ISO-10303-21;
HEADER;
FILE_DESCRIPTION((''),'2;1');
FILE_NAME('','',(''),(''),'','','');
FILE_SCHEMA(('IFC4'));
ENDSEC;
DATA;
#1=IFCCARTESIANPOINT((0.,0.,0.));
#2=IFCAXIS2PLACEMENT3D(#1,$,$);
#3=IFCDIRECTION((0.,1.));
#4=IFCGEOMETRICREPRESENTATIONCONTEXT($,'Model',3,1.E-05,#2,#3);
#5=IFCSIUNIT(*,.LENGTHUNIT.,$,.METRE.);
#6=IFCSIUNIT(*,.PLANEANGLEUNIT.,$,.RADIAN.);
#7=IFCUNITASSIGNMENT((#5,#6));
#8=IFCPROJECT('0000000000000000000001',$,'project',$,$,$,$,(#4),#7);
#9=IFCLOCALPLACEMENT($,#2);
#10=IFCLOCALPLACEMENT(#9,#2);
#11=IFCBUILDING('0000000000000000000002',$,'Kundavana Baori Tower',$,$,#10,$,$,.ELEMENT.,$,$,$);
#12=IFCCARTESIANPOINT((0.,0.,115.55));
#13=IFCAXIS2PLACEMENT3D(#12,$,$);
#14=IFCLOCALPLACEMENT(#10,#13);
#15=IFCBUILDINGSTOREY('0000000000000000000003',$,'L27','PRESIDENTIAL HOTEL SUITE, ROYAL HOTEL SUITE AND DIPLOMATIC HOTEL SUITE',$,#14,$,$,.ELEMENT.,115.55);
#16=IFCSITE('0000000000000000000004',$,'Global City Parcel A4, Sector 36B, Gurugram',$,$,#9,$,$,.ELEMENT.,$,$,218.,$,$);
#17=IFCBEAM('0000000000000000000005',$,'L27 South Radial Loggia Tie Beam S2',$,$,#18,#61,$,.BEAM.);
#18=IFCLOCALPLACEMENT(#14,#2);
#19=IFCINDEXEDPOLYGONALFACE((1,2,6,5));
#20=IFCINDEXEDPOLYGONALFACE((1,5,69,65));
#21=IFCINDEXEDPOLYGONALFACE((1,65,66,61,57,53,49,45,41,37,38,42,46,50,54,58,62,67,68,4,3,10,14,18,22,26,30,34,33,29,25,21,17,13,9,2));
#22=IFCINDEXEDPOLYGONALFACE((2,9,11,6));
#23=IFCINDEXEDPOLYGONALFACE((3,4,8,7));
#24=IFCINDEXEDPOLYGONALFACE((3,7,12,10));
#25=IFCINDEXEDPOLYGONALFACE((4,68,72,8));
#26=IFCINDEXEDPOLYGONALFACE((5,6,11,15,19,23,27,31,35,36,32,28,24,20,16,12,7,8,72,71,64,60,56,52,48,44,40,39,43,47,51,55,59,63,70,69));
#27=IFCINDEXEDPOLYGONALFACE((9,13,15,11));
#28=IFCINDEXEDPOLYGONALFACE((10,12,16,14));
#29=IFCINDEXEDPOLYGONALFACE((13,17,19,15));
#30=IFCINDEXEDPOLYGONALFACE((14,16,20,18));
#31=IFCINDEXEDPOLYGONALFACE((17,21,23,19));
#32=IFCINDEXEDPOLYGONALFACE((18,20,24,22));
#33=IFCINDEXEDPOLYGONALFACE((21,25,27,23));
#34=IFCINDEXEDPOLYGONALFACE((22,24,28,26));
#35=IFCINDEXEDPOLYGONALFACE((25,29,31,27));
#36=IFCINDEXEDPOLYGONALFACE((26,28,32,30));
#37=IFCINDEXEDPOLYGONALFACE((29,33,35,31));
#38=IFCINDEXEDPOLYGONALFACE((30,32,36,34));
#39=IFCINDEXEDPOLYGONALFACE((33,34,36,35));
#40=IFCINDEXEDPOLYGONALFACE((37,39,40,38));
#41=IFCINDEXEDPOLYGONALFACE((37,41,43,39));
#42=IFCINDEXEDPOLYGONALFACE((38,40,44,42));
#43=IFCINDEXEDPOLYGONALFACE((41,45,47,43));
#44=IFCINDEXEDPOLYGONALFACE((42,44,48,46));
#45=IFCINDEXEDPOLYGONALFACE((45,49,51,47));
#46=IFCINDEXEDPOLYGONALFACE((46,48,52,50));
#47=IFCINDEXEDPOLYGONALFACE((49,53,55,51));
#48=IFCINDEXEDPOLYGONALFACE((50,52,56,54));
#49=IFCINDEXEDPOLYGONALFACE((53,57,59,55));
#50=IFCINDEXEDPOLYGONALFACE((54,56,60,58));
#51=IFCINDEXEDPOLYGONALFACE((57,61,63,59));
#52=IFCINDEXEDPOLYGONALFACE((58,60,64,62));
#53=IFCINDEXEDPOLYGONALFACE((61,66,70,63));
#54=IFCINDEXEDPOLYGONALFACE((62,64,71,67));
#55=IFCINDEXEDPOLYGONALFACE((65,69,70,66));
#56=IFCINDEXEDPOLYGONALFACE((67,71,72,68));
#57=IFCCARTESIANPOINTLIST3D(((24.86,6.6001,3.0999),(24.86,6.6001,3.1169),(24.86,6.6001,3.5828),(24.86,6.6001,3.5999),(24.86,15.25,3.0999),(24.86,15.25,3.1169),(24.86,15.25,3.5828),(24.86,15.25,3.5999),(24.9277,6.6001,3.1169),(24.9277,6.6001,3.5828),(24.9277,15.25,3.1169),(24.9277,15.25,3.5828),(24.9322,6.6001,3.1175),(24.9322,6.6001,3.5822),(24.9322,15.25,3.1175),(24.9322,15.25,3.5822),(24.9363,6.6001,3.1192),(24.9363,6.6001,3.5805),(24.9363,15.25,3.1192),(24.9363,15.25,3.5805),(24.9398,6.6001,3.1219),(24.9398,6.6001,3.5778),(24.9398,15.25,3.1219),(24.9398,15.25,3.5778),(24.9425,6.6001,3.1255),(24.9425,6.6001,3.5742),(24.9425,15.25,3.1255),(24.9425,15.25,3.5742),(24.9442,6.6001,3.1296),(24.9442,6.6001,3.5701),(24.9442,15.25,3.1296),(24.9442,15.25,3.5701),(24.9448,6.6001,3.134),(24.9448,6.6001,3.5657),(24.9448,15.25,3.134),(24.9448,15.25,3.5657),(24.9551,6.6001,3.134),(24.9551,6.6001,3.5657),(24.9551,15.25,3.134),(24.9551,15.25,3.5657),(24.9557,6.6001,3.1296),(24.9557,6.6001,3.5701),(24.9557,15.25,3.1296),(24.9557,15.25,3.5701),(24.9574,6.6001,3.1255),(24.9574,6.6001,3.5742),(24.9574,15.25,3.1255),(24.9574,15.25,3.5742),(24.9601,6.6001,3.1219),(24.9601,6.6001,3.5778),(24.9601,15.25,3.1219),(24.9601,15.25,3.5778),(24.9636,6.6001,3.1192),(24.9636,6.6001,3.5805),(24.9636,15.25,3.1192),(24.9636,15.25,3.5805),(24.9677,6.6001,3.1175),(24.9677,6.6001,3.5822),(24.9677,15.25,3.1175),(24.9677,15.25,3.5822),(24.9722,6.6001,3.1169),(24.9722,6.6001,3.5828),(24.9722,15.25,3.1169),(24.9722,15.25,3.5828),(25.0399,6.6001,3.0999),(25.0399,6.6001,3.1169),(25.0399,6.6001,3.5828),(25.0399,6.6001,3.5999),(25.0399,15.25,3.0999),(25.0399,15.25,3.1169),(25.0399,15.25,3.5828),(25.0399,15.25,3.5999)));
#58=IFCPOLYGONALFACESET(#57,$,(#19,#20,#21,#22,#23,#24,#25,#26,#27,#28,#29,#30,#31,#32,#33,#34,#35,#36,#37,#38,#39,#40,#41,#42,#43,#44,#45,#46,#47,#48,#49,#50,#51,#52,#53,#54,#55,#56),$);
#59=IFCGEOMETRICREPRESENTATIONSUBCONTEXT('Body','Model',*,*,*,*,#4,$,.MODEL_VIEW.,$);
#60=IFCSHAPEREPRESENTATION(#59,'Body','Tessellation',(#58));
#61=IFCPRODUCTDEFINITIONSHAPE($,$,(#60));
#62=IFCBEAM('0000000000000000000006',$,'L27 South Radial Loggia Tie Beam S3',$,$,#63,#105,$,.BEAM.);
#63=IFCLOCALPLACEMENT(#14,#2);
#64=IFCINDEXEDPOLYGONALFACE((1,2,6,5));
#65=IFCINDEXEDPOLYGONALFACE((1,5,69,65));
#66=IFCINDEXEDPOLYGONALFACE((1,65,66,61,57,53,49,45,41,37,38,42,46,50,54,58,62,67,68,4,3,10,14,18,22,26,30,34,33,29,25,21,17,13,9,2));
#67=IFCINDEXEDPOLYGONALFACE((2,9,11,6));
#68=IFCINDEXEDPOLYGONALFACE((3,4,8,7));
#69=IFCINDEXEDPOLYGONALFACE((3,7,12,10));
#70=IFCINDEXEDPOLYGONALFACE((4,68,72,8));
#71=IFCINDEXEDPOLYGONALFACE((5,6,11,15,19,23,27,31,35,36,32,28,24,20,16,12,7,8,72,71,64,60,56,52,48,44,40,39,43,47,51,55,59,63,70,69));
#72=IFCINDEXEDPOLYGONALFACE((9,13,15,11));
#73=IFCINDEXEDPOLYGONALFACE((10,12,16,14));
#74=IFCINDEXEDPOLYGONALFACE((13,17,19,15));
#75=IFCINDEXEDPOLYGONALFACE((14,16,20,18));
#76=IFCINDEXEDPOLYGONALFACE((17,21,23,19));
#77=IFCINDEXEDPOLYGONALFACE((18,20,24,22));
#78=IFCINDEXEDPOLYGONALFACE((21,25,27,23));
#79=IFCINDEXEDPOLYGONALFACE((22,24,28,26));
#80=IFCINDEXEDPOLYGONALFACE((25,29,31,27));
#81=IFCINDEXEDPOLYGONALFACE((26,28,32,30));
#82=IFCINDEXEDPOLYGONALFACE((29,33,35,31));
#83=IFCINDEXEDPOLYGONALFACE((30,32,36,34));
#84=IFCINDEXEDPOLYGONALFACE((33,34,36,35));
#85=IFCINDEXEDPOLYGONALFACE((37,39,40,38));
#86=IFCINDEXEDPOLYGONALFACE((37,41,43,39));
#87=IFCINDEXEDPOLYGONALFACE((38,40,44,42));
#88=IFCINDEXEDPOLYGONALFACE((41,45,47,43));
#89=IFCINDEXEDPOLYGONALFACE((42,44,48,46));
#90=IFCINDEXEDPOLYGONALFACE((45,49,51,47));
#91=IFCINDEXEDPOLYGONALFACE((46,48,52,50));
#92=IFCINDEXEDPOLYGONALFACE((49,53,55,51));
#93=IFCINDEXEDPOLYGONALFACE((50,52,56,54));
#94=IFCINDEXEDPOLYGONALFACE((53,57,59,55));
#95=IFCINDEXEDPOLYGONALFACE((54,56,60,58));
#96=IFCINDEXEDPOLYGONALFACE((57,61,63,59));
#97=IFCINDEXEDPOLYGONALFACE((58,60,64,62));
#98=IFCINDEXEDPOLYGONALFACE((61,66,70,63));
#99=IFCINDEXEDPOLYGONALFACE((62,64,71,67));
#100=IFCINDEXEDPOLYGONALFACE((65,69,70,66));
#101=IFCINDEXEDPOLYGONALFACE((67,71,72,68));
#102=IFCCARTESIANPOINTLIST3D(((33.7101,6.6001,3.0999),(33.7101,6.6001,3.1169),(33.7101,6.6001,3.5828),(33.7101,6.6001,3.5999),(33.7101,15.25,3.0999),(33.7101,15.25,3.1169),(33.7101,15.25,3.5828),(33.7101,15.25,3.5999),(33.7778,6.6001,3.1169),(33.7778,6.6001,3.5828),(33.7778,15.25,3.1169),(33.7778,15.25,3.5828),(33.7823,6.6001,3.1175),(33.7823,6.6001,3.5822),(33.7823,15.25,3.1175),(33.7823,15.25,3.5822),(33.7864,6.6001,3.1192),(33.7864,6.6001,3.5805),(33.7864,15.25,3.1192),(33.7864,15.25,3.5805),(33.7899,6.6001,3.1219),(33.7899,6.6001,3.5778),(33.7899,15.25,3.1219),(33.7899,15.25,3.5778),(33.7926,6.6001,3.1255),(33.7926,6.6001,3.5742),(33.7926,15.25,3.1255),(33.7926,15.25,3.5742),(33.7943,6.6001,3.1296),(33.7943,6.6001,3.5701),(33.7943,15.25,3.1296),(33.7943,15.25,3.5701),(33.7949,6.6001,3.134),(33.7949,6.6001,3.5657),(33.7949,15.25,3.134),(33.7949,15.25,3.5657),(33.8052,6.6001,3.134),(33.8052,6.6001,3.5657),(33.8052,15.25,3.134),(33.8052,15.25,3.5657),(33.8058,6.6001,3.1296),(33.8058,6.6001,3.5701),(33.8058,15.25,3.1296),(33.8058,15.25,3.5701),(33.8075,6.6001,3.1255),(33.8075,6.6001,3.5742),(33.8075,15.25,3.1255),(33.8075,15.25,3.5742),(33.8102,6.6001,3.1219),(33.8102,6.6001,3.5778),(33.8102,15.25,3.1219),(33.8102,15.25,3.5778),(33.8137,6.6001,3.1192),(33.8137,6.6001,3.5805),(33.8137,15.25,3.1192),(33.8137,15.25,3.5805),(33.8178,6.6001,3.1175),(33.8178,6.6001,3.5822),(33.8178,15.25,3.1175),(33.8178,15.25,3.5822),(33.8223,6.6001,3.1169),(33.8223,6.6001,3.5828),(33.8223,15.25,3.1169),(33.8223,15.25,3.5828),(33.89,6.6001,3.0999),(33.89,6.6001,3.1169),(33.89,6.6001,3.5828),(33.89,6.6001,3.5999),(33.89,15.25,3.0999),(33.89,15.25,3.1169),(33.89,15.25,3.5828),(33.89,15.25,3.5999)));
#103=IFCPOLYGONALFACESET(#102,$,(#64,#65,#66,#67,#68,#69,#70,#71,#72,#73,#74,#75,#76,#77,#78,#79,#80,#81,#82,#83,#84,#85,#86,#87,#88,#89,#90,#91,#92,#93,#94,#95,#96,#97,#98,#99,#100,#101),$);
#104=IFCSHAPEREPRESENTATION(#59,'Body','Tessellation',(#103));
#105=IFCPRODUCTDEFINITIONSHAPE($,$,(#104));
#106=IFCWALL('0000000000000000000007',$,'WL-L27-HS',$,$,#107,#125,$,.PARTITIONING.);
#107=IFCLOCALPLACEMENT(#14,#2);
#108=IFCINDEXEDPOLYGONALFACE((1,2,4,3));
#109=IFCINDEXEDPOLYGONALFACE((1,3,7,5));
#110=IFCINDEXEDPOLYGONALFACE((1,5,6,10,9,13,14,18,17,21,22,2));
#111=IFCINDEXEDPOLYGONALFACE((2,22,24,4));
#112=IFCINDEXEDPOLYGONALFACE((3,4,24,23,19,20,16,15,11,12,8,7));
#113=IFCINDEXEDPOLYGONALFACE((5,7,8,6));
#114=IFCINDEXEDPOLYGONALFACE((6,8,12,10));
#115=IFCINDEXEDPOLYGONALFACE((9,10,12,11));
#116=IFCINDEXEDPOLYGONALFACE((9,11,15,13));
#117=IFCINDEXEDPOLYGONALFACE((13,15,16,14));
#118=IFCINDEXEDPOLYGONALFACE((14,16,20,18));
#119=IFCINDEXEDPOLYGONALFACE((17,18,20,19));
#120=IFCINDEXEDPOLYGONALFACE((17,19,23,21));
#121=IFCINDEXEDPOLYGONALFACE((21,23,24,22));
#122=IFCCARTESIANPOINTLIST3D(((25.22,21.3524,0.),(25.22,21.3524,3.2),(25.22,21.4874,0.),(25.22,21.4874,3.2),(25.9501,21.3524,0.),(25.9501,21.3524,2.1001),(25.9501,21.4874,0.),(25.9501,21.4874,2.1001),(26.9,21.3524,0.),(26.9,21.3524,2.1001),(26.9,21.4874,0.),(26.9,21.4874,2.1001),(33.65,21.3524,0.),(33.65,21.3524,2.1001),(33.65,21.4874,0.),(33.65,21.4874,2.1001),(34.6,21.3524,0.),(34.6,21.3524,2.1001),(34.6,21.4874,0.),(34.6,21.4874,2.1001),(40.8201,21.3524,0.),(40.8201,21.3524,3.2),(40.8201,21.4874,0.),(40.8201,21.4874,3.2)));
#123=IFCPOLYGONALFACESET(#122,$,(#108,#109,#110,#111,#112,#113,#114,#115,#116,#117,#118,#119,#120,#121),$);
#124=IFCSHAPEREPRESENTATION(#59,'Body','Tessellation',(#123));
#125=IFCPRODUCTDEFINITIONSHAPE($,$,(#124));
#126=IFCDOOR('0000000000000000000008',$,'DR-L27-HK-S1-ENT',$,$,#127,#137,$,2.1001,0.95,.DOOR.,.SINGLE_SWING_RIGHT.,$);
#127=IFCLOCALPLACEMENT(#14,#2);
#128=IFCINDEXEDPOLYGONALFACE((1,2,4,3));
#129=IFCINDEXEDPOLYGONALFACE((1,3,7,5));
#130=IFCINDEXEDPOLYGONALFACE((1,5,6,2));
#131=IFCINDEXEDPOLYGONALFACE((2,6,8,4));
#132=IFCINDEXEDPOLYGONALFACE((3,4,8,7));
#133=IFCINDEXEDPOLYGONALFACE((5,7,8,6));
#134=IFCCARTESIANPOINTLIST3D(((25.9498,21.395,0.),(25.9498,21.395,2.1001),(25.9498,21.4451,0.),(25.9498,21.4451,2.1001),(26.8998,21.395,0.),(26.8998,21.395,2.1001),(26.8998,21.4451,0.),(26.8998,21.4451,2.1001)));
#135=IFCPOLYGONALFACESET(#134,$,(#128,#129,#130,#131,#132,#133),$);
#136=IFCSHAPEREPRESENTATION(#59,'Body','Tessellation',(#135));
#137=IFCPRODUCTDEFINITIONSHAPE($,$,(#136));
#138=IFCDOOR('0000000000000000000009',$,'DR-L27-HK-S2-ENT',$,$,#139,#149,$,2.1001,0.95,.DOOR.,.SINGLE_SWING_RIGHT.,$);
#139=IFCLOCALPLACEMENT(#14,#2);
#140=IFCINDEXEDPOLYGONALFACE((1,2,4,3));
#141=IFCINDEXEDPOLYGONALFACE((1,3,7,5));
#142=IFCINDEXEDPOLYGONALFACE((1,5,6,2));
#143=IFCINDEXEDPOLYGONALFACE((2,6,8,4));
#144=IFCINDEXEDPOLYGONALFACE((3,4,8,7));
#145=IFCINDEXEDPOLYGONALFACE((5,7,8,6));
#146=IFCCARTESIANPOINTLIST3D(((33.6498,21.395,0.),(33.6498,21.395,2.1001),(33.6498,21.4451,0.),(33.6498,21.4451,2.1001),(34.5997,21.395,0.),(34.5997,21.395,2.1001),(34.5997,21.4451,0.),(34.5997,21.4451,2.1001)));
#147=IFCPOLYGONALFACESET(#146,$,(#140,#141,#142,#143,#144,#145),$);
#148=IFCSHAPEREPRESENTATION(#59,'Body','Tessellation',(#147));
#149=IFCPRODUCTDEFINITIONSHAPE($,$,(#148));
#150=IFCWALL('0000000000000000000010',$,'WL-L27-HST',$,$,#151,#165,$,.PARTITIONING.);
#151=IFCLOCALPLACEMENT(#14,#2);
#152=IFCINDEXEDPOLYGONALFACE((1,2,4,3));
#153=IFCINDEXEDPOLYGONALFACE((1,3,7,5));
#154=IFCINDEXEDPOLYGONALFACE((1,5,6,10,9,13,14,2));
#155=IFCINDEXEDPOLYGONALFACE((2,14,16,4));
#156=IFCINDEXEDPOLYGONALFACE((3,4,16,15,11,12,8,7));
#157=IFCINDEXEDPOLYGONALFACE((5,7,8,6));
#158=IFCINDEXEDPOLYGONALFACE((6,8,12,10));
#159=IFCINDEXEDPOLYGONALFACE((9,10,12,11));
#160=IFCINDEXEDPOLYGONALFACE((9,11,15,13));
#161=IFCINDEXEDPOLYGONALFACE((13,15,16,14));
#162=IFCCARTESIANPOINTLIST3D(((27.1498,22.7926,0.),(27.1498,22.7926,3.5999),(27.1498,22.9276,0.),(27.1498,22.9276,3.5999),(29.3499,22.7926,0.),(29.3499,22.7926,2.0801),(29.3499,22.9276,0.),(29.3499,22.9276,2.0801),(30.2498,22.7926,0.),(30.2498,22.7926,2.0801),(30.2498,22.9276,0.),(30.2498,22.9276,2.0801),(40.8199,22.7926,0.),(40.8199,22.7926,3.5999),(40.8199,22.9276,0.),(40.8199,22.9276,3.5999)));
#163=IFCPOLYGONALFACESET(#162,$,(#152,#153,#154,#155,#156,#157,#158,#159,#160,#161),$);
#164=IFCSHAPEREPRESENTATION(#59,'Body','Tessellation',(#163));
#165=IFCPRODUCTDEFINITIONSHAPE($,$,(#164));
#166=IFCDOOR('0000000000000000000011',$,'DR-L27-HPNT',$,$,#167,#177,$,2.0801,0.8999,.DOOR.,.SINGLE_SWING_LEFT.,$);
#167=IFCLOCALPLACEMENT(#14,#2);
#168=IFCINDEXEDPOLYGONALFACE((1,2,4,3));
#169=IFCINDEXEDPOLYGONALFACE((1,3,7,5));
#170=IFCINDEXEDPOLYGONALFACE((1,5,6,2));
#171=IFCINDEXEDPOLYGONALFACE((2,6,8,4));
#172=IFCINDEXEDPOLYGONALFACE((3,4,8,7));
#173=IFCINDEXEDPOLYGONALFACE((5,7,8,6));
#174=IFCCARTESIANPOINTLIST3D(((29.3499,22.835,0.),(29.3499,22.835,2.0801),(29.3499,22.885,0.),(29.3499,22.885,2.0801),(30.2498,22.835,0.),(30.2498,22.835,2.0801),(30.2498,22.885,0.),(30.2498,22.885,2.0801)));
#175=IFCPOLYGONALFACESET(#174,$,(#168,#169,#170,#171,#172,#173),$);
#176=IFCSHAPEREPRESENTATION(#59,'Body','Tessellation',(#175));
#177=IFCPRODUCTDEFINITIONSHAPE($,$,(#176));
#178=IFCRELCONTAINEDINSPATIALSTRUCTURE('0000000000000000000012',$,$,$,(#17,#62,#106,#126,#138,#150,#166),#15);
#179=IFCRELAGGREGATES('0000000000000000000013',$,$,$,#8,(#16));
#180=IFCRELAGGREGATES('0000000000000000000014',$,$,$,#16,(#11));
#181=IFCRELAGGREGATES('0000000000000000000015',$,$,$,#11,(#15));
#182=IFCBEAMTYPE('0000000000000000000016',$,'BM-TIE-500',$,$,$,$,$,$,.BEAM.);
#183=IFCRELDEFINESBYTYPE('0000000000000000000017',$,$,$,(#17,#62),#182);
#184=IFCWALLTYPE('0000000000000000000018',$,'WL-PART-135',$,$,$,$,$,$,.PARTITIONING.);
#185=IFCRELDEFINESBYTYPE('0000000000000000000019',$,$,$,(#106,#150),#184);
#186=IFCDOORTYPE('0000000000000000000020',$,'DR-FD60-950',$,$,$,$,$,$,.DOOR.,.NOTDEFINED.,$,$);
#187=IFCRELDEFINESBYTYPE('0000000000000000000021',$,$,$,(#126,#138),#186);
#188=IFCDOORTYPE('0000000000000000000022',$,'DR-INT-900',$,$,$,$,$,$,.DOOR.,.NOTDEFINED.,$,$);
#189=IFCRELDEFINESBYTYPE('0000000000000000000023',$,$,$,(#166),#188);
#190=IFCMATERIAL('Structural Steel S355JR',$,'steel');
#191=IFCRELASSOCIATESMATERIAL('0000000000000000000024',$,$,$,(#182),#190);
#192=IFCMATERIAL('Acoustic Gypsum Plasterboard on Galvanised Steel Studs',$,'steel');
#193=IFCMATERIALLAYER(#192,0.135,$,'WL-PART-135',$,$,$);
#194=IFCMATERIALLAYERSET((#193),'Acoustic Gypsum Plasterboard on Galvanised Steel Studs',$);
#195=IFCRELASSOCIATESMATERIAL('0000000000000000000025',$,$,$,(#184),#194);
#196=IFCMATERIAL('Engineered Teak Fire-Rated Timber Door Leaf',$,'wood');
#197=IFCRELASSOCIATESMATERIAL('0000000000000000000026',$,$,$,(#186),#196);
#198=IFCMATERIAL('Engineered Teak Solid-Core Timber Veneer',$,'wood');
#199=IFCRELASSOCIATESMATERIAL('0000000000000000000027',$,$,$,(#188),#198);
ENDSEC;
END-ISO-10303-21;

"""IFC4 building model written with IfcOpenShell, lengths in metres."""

from ifc_helpers import new_model, si_unit, direction, frame, frame_2d, origin, origin_2d, place, context, subcontext, project, spatial, rectangle, i_section, extrude, material, layer, layer_set, material_profile, profile_set, type_object, element, fill, save


model = new_model("IFC4")

# Units and contexts
model_context = context("Model", 3, precision=1e-05, world=origin(), true_north=direction((0.0, 1.0)))
body_context = subcontext(model_context, "Body", "Model", "MODEL_VIEW")
ifc_project = project(units=[si_unit("LENGTHUNIT", "METRE"), si_unit("PLANEANGLEUNIT", "RADIAN")], contexts=[model_context])

# Site, building, storey
site_placement = place(None, origin())
site = spatial("IfcSite", under=ifc_project, at=site_placement, Name="Global City Parcel A4, Sector 36B, Gurugram", CompositionType="ELEMENT", RefElevation=218.0)
building_placement = place(site_placement, origin())
building = spatial("IfcBuilding", under=site, at=building_placement, Name="Kundavana Baori Tower", CompositionType="ELEMENT")
storey_placement = place(building_placement, frame((0.0, 0.0, 115.55)))
storey = spatial("IfcBuildingStorey", under=building, at=storey_placement, Name="L27", Description="PRESIDENTIAL HOTEL SUITE, ROYAL HOTEL SUITE AND DIPLOMATIC HOTEL SUITE", CompositionType="ELEMENT", Elevation=115.55)

# Beams
ifc_material_1 = material(Name="Structural Steel S355JR", Category="steel")
ifc_material_profile_1 = material_profile(ifc_material_1, i_section(OverallWidth=0.1799, OverallDepth=0.5, WebThickness=0.0103, FlangeThickness=0.0171, FilletRadius=0.0171, at=origin_2d()), Name="ISMB 500")
ifc_profile_set_1 = profile_set([ifc_material_profile_1], Name="Structural Steel S355JR")
beam_type_1 = type_object("IfcBeamType", Name="BM-TIE-500", PredefinedType="BEAM", material=ifc_profile_set_1)
for number, where, z_axis, x_axis, name in (
    (1, (24.95, 15.25, 3.3499), (0.0, -1.0, 0.0), (1.0, 0.0, 0.0), "L27 South Radial Loggia Tie Beam S2"),
    (2, (33.8, 15.25, 3.3499), (0.0, -1.0, 0.0), (1.0, 0.0, 0.0), "L27 South Radial Loggia Tie Beam S3"),
):
    element("IfcBeam", number, at=place(storey_placement, frame(where, z_axis=z_axis, x_axis=x_axis)), inside=storey, type_object=beam_type_1, Name=name, PredefinedType="BEAM", context=body_context, shape_type="SweptSolid", body=[
        extrude(i_section(OverallWidth=0.1799, OverallDepth=0.5, WebThickness=0.0103, FlangeThickness=0.0171, FilletRadius=0.0171, at=origin_2d()), origin(), (0.0, 0.0, 1.0), 8.6499),
    ])

# Wall, openings, doors
ifc_material_2 = material(Name="Acoustic Gypsum Plasterboard on Galvanised Steel Studs", Category="steel")
ifc_layer_1 = layer(ifc_material_2, 0.135, Name="WL-PART-135")
ifc_layer_set_1 = layer_set([ifc_layer_1], Name="Acoustic Gypsum Plasterboard on Galvanised Steel Studs")
wall_type_1 = type_object("IfcWallType", Name="WL-PART-135", PredefinedType="PARTITIONING", material=ifc_layer_set_1)
wall_1_placement = place(storey_placement, frame((25.22, 21.4199, 0.0), z_axis=(0.0, 0.0, 1.0), x_axis=(1.0, 0.0, 0.0)))
wall_1 = element("IfcWall", 3, at=wall_1_placement, inside=storey, type_object=wall_type_1, Name="WL-L27-HS", PredefinedType="PARTITIONING", context=body_context, shape_type="SweptSolid", body=[
    extrude(rectangle(XDim=15.6001, YDim=0.135, at=frame_2d((7.8, 0.0))), origin(), (0.0, 0.0, 1.0), 3.2),
])
opening_1_placement = place(wall_1_placement, frame((0.73, 0.0, 0.0)))
opening_1 = element("IfcOpeningElement", 4, at=opening_1_placement, cuts=wall_1, PredefinedType="OPENING", context=body_context, shape_type="SweptSolid", body=[
    extrude(rectangle(XDim=0.95, YDim=2.1001, at=frame_2d((0.4751, 1.05))), frame((0.0, 0.0776, 0.0), z_axis=(0.0, -1.0, 0.0), x_axis=(1.0, 0.0, 0.0)), (0.0, 0.0, 1.0), 0.155),
])
opening_2_placement = place(wall_1_placement, frame((8.4299, 0.0, 0.0)))
opening_2 = element("IfcOpeningElement", 5, at=opening_2_placement, cuts=wall_1, PredefinedType="OPENING", context=body_context, shape_type="SweptSolid", body=[
    extrude(rectangle(XDim=0.95, YDim=2.1001, at=frame_2d((0.4751, 1.05))), frame((0.0, 0.0776, 0.0), z_axis=(0.0, -1.0, 0.0), x_axis=(1.0, 0.0, 0.0)), (0.0, 0.0, 1.0), 0.155),
])
ifc_material_3 = material(Name="Engineered Teak Fire-Rated Timber Door Leaf", Category="wood")
door_type_1 = type_object("IfcDoorType", Name="DR-FD60-950", OperationType="NOTDEFINED", PredefinedType="DOOR", material=ifc_material_3)
door_1_placement = place(opening_1_placement, frame((0.95, 0.0, 0.0), z_axis=(0.0, 0.0, 1.0), x_axis=(-1.0, 0.0, 0.0)))
door_1 = element("IfcDoor", 6, at=door_1_placement, inside=storey, type_object=door_type_1, Name="DR-L27-HK-S1-ENT", OperationType="SINGLE_SWING_RIGHT", OverallHeight=2.1001, OverallWidth=0.95, PredefinedType="DOOR", context=body_context, shape_type="SweptSolid", body=[
    extrude(rectangle(XDim=0.95, YDim=2.1001, at=frame_2d((0.4751, 1.05))), frame((0.0, 0.0249, 0.0), z_axis=(0.0, -1.0, 0.0), x_axis=(1.0, 0.0, 0.0)), (0.0, 0.0, 1.0), 0.05),
])
fill(opening_1, door_1)
door_2_placement = place(opening_2_placement, frame((0.95, 0.0, 0.0), z_axis=(0.0, 0.0, 1.0), x_axis=(-1.0, 0.0, 0.0)))
door_2 = element("IfcDoor", 7, at=door_2_placement, inside=storey, type_object=door_type_1, Name="DR-L27-HK-S2-ENT", OperationType="SINGLE_SWING_RIGHT", OverallHeight=2.1001, OverallWidth=0.95, PredefinedType="DOOR", context=body_context, shape_type="SweptSolid", body=[
    extrude(rectangle(XDim=0.95, YDim=2.1001, at=frame_2d((0.4751, 1.05))), frame((0.0, 0.0249, 0.0), z_axis=(0.0, -1.0, 0.0), x_axis=(1.0, 0.0, 0.0)), (0.0, 0.0, 1.0), 0.05),
])
fill(opening_2, door_2)

# Wall, opening, door
wall_2_placement = place(storey_placement, frame((27.1499, 22.8601, 0.0), z_axis=(0.0, 0.0, 1.0), x_axis=(1.0, 0.0, 0.0)))
wall_2 = element("IfcWall", 8, at=wall_2_placement, inside=storey, type_object=wall_type_1, Name="WL-L27-HST", PredefinedType="PARTITIONING", context=body_context, shape_type="SweptSolid", body=[
    extrude(rectangle(XDim=13.6702, YDim=0.135, at=frame_2d((6.835, 0.0))), origin(), (0.0, 0.0, 1.0), 3.5999),
])
opening_3_placement = place(wall_2_placement, frame((2.2, 0.0, 0.0)))
opening_3 = element("IfcOpeningElement", 9, at=opening_3_placement, cuts=wall_2, PredefinedType="OPENING", context=body_context, shape_type="SweptSolid", body=[
    extrude(rectangle(XDim=0.8999, YDim=2.0801, at=frame_2d((0.45, 1.04))), frame((0.0, 0.0776, 0.0), z_axis=(0.0, -1.0, 0.0), x_axis=(1.0, 0.0, 0.0)), (0.0, 0.0, 1.0), 0.155),
])
ifc_material_4 = material(Name="Engineered Teak Solid-Core Timber Veneer", Category="wood")
door_type_2 = type_object("IfcDoorType", Name="DR-INT-900", OperationType="NOTDEFINED", PredefinedType="DOOR", material=ifc_material_4)
door_3_placement = place(opening_3_placement, origin())
door_3 = element("IfcDoor", 10, at=door_3_placement, inside=storey, type_object=door_type_2, Name="DR-L27-HPNT", OperationType="SINGLE_SWING_LEFT", OverallHeight=2.0801, OverallWidth=0.8999, PredefinedType="DOOR", context=body_context, shape_type="SweptSolid", body=[
    extrude(rectangle(XDim=0.8999, YDim=2.0801, at=frame_2d((0.45, 1.04))), frame((0.0, 0.0249, 0.0), z_axis=(0.0, -1.0, 0.0), x_axis=(1.0, 0.0, 0.0)), (0.0, 0.0, 1.0), 0.05),
])
fill(opening_3, door_3)

save(model, "model.ifc")
